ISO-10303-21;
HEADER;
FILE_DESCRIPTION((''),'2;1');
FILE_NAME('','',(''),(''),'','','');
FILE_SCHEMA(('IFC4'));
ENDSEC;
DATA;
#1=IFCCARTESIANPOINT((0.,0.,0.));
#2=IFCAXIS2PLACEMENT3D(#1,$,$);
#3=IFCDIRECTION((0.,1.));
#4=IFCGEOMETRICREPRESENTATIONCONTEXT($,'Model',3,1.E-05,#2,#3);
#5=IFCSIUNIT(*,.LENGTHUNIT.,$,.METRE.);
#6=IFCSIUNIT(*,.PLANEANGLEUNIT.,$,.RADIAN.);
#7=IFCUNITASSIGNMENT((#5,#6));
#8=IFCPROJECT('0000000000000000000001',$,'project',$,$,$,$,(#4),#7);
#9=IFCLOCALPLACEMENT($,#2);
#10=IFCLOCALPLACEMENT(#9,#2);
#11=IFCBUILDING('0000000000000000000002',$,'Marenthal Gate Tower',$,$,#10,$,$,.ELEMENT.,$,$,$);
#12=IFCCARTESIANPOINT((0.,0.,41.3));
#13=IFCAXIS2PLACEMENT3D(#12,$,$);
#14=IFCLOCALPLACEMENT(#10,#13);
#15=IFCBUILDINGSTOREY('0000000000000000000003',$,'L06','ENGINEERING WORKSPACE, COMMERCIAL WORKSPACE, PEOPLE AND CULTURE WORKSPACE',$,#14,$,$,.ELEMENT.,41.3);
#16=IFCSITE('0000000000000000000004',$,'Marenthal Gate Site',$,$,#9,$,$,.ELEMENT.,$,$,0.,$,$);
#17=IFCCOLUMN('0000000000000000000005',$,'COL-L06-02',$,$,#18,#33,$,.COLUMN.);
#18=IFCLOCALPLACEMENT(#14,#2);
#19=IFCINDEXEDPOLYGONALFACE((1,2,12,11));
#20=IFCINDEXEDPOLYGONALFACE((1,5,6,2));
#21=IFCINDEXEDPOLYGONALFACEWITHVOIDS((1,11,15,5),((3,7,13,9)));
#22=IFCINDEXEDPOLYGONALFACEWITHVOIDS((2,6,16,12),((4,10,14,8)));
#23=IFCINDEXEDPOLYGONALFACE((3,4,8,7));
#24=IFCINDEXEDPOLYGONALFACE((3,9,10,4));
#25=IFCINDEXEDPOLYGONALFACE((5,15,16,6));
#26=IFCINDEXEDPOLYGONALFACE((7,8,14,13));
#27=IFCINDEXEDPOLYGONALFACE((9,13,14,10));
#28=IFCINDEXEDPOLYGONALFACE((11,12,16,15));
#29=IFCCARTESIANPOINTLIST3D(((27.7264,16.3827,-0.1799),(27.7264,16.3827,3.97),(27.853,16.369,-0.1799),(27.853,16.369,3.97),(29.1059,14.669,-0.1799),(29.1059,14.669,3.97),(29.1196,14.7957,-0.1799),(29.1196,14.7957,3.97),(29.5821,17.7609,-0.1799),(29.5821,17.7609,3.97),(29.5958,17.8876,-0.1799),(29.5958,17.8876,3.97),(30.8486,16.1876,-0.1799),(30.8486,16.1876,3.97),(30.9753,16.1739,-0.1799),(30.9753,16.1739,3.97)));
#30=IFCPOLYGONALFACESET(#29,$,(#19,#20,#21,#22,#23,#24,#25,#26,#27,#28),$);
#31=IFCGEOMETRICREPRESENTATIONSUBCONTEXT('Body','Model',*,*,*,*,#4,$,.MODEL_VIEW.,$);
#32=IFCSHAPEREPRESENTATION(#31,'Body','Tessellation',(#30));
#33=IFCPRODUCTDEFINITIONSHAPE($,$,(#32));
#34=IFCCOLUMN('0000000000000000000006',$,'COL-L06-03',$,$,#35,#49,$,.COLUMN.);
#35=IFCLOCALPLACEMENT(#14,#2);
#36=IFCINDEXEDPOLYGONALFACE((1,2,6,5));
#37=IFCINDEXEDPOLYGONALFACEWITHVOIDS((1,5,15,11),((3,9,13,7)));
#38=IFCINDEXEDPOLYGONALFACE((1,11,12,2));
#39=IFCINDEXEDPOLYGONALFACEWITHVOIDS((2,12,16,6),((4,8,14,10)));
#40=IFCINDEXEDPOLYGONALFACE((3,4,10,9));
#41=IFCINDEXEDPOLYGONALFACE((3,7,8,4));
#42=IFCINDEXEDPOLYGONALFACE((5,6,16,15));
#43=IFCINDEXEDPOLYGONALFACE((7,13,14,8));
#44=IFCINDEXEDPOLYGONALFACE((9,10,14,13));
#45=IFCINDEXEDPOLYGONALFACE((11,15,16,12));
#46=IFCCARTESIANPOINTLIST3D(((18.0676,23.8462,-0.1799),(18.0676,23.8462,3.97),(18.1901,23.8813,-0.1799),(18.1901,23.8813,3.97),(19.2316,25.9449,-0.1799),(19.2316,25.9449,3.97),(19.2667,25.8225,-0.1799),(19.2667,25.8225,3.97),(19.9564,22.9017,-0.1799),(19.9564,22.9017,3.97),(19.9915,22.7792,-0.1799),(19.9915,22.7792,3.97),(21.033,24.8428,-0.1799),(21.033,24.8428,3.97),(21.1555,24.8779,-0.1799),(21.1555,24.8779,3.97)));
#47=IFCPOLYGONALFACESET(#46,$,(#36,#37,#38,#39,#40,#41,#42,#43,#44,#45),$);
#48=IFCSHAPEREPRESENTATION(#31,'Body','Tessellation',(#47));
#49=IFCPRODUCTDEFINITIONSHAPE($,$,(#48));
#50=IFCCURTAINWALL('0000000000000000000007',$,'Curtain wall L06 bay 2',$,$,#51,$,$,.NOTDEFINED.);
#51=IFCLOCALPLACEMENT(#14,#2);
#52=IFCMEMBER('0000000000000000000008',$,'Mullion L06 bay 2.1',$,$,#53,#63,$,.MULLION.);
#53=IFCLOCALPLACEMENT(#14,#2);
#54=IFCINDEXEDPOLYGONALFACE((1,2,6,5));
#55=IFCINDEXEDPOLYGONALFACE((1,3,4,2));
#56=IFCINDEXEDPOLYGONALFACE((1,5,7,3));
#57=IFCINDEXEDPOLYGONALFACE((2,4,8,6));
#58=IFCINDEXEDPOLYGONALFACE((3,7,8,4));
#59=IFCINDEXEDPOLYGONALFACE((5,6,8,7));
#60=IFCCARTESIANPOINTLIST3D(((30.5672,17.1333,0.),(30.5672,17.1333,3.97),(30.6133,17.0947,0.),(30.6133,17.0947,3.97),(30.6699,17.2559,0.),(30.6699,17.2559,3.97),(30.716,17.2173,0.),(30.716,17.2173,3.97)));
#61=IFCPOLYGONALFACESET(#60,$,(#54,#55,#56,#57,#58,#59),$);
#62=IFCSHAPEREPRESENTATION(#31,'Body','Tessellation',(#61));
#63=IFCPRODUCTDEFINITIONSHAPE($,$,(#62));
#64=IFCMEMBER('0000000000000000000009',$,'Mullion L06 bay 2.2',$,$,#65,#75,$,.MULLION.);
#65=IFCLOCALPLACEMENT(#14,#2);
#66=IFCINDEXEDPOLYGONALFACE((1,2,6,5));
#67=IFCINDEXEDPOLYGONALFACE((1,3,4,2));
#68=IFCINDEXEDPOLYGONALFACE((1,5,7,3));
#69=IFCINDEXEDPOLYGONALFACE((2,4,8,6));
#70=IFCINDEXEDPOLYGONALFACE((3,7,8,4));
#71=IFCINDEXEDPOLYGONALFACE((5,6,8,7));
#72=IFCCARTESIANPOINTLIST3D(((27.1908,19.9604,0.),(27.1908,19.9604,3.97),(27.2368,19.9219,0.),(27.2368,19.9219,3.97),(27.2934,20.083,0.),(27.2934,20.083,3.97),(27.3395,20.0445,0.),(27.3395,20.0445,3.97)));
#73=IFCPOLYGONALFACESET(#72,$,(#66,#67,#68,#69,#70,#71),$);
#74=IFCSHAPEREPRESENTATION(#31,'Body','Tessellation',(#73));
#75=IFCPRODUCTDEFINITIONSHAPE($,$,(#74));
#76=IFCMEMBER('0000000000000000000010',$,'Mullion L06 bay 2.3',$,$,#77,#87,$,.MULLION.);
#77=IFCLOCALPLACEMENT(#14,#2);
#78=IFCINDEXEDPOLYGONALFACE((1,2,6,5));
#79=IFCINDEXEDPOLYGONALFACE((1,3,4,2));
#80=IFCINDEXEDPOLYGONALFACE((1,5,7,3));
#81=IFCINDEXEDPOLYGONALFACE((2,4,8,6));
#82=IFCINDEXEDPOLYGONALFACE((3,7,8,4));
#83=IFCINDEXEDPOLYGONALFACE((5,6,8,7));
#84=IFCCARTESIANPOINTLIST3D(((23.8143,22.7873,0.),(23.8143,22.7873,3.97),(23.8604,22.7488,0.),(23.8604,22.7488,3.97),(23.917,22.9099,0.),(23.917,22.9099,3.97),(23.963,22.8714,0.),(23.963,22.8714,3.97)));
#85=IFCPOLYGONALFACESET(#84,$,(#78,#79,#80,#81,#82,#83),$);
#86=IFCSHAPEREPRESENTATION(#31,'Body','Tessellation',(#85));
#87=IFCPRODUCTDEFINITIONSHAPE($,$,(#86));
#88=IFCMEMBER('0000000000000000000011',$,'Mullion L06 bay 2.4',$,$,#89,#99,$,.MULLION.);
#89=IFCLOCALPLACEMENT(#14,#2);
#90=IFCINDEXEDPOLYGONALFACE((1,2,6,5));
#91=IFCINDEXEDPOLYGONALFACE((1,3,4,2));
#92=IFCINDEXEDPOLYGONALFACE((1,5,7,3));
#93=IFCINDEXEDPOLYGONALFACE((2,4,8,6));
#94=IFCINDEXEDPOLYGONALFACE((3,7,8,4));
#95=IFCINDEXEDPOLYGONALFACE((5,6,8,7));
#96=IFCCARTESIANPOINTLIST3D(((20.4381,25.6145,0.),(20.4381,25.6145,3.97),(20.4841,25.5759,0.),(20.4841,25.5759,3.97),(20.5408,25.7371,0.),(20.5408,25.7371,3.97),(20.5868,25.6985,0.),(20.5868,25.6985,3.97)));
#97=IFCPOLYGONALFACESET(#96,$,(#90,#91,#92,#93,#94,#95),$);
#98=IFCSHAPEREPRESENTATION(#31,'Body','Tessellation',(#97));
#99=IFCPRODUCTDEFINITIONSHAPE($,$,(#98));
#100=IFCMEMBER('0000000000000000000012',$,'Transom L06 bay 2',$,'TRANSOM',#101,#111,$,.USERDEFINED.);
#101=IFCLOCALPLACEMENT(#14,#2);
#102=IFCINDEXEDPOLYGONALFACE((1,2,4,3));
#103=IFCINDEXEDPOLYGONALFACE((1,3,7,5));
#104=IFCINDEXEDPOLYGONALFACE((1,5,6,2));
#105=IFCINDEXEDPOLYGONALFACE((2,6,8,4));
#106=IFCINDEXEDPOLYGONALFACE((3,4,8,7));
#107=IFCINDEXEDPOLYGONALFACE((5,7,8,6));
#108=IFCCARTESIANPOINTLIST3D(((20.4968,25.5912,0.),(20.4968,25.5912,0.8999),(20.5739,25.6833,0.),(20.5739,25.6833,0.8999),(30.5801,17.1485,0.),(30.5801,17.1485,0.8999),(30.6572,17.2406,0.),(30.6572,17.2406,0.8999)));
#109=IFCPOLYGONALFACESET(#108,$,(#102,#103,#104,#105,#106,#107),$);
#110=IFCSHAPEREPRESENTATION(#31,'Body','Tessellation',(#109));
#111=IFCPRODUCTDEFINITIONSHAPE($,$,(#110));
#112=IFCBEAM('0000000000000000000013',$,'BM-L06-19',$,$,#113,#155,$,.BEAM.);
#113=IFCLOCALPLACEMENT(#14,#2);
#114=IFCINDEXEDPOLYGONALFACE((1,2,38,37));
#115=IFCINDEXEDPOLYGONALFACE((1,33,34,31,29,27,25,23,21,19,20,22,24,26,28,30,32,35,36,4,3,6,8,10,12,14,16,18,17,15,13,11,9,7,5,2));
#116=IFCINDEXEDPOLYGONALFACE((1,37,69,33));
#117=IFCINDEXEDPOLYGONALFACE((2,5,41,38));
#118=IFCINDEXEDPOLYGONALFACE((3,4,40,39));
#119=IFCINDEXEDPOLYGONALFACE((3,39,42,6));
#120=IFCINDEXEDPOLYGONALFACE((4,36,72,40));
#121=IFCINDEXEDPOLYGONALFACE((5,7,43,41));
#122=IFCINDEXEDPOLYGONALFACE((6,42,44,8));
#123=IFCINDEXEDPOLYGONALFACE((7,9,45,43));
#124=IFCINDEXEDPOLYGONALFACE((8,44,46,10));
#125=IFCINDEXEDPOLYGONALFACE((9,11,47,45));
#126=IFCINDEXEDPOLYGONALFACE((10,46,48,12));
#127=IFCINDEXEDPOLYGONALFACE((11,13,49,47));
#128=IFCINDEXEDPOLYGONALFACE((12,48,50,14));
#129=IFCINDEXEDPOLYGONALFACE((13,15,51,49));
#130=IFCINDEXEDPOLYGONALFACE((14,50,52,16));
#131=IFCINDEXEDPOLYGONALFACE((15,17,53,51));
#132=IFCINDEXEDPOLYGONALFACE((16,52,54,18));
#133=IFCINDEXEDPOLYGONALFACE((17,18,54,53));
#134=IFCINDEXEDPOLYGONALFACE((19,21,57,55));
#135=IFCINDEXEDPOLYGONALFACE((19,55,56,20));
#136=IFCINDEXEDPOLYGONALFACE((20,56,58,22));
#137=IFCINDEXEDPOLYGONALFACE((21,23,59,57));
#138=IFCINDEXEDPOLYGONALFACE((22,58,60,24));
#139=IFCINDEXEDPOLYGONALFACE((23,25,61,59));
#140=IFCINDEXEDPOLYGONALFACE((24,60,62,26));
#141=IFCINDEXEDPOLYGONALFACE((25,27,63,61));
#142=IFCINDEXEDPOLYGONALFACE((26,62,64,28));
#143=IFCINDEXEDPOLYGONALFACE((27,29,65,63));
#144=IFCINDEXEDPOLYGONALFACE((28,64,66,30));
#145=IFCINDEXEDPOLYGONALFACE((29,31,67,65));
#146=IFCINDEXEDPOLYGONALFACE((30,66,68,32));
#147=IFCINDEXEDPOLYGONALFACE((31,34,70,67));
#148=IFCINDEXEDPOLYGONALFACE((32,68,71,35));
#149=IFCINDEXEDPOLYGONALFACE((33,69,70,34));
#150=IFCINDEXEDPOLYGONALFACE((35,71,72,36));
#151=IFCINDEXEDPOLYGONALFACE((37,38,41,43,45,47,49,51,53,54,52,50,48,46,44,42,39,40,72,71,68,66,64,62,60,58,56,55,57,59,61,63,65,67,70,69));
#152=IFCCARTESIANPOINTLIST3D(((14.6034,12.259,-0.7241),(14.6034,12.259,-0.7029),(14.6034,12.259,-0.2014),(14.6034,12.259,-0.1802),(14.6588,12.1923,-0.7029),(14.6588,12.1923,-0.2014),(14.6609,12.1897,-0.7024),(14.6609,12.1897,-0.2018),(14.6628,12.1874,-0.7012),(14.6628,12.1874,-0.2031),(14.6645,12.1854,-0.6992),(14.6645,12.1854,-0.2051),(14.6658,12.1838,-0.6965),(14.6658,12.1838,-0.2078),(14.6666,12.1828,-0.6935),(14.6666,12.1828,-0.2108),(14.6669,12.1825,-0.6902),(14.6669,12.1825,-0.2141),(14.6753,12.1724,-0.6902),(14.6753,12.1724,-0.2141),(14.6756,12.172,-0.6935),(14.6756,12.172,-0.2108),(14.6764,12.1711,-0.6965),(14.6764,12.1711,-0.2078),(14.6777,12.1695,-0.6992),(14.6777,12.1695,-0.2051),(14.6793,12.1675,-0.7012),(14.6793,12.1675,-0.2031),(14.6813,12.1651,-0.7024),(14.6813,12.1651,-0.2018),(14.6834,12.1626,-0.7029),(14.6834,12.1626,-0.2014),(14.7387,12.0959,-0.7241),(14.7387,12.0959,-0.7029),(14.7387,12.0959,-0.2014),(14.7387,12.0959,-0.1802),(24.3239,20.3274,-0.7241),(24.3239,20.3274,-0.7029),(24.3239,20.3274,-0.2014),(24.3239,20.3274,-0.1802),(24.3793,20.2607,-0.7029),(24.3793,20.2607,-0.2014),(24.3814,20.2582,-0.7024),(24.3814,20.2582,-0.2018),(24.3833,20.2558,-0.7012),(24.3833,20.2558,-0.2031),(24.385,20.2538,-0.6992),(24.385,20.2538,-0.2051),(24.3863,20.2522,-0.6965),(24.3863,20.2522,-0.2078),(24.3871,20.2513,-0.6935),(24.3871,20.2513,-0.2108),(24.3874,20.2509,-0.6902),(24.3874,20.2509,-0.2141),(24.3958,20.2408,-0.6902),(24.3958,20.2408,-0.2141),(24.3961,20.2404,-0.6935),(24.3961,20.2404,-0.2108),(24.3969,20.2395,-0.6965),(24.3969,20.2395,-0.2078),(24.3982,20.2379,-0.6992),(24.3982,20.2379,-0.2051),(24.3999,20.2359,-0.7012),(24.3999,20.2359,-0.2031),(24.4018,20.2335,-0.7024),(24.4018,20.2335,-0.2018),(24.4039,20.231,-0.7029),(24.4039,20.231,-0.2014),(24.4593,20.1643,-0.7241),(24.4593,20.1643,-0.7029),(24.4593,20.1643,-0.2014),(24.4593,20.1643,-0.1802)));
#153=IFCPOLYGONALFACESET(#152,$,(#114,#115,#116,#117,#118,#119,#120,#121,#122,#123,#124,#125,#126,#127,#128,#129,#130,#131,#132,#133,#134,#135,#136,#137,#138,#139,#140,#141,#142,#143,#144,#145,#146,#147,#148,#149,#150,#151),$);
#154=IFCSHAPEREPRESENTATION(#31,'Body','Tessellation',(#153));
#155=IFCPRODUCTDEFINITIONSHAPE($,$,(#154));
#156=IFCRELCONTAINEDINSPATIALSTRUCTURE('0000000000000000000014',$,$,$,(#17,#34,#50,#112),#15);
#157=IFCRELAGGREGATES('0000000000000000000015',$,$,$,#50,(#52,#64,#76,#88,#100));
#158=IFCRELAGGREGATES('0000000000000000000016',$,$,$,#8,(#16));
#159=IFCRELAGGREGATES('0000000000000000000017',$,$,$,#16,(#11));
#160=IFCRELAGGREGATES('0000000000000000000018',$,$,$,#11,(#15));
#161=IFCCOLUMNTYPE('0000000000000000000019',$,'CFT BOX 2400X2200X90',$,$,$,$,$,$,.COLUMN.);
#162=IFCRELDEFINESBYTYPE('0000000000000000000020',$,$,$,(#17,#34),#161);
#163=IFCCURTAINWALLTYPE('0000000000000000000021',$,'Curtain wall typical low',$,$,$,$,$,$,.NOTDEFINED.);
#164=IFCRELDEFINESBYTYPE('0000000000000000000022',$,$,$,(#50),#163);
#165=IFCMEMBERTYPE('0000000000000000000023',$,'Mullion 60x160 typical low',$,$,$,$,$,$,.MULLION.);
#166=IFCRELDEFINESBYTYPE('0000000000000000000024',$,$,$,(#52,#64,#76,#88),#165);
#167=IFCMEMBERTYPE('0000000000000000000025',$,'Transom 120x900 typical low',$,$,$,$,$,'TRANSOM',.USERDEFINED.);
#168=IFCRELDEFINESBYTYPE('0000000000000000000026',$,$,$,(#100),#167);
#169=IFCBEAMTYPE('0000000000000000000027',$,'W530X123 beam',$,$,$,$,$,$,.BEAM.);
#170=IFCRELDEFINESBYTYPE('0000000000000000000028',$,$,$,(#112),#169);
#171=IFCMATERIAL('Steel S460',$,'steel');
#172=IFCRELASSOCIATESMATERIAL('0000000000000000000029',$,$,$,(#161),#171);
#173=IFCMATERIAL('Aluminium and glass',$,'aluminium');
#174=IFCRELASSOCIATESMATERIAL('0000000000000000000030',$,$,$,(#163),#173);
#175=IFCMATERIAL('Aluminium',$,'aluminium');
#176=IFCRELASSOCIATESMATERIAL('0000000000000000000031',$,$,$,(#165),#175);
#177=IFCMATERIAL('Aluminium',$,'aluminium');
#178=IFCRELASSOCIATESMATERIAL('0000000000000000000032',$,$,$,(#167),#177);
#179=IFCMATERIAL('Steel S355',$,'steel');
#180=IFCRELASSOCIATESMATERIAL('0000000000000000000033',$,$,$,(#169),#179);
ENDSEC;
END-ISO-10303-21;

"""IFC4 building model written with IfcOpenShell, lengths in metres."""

from ifc_helpers import new_model, si_unit, direction, frame, origin, origin_2d, place, context, subcontext, project, spatial, rectangle, hollow_rectangle, i_section, extrude, material, material_profile, profile_set, type_object, element, aggregate, save


model = new_model("IFC4")

# Units and contexts
model_context = context("Model", 3, precision=1e-05, world=origin(), true_north=direction((0.0, 1.0)))
body_context = subcontext(model_context, "Body", "Model", "MODEL_VIEW")
ifc_project = project(units=[si_unit("LENGTHUNIT", "METRE"), si_unit("PLANEANGLEUNIT", "RADIAN")], contexts=[model_context])

# Site, building, storey
site_placement = place(None, origin())
site = spatial("IfcSite", under=ifc_project, at=site_placement, Name="Marenthal Gate Site", CompositionType="ELEMENT", RefElevation=0.0)
building_placement = place(site_placement, origin())
building = spatial("IfcBuilding", under=site, at=building_placement, Name="Marenthal Gate Tower", CompositionType="ELEMENT")
storey_placement = place(building_placement, frame((0.0, 0.0, 41.3)))
storey = spatial("IfcBuildingStorey", under=building, at=storey_placement, Name="L06", Description="ENGINEERING WORKSPACE, COMMERCIAL WORKSPACE, PEOPLE AND CULTURE WORKSPACE", CompositionType="ELEMENT", Elevation=41.3)

# Columns
ifc_material_1 = material(Name="Steel S460", Category="steel")
ifc_material_profile_1 = material_profile(ifc_material_1, hollow_rectangle(XDim=2.2, YDim=2.3999, WallThickness=0.0901, at=origin_2d()), Name="CFT BOX 2400X2200X90")
ifc_material_2 = material(Name="Concrete 70 MPa", Category="concrete")
ifc_material_profile_2 = material_profile(ifc_material_2, rectangle(XDim=2.02, YDim=2.22, at=origin_2d()), Name="CFT BOX 2400X2200X90 INFILL")
ifc_profile_set_1 = profile_set([ifc_material_profile_1, ifc_material_profile_2], Name="Steel S460 shell, Concrete 70 MPa infill")
column_type = type_object("IfcColumnType", Name="CFT BOX 2400X2200X90", PredefinedType="COLUMN", material=ifc_profile_set_1)
for number, where, z_axis, x_axis, name in (
    (1, (29.3508, 16.2783, -0.1799), (0.0, 0.0, 1.0), (0.62707, -0.778963, 0.0), "COL-L06-02"),
    (2, (19.6116, 24.3621, -0.1799), (0.0, 0.0, 1.0), (0.874509, -0.48501, 0.0), "COL-L06-03"),
):
    element("IfcColumn", number, at=place(storey_placement, frame(where, z_axis=z_axis, x_axis=x_axis)), inside=storey, type_object=column_type, Name=name, PredefinedType="COLUMN", context=body_context, shape_type="SweptSolid", body=[
        extrude(hollow_rectangle(XDim=2.2, YDim=2.3999, WallThickness=0.0901, at=origin_2d()), origin(), (0.0, 0.0, 1.0), 4.1499),
    ])

# Curtain wall, members
ifc_material_3 = material(Name="Aluminium and glass", Category="aluminium")
curtain_wall_type = type_object("IfcCurtainWallType", Name="Curtain wall typical low", PredefinedType="NOTDEFINED", material=ifc_material_3)
curtain_wall_placement = place(storey_placement, origin())
curtain_wall = element("IfcCurtainWall", 3, at=curtain_wall_placement, inside=storey, type_object=curtain_wall_type, Name="Curtain wall L06 bay 2", PredefinedType="NOTDEFINED")
ifc_material_4 = material(Name="Aluminium", Category="aluminium")
ifc_material_profile_3 = material_profile(ifc_material_4, rectangle(XDim=0.1599, YDim=0.0601, at=origin_2d()), Name="60x160 aluminium mullion")
ifc_profile_set_2 = profile_set([ifc_material_profile_3], Name="Aluminium")
member_type_1 = type_object("IfcMemberType", Name="Mullion 60x160 typical low", PredefinedType="MULLION", material=ifc_profile_set_2)
member_1_placement = place(storey_placement, frame((30.6416, 17.1753, 0.0), z_axis=(0.0, 0.0, 1.0), x_axis=(-0.641982, -0.76672, 0.0)))
member_1 = element("IfcMember", 4, at=member_1_placement, type_object=member_type_1, Name="Mullion L06 bay 2.1", PredefinedType="MULLION", context=body_context, shape_type="SweptSolid", body=[
    extrude(rectangle(XDim=0.1599, YDim=0.0601, at=origin_2d()), origin(), (0.0, 0.0, 1.0), 3.97),
])
member_2_placement = place(storey_placement, frame((27.2651, 20.0024, 0.0), z_axis=(0.0, 0.0, 1.0), x_axis=(-0.641982, -0.76672, 0.0)))
member_2 = element("IfcMember", 5, at=member_2_placement, type_object=member_type_1, Name="Mullion L06 bay 2.2", PredefinedType="MULLION", context=body_context, shape_type="SweptSolid", body=[
    extrude(rectangle(XDim=0.1599, YDim=0.0601, at=origin_2d()), origin(), (0.0, 0.0, 1.0), 3.97),
])
member_3_placement = place(storey_placement, frame((23.8887, 22.8293, 0.0), z_axis=(0.0, 0.0, 1.0), x_axis=(-0.641982, -0.76672, 0.0)))
member_3 = element("IfcMember", 6, at=member_3_placement, type_object=member_type_1, Name="Mullion L06 bay 2.3", PredefinedType="MULLION", context=body_context, shape_type="SweptSolid", body=[
    extrude(rectangle(XDim=0.1599, YDim=0.0601, at=origin_2d()), origin(), (0.0, 0.0, 1.0), 3.97),
])
member_4_placement = place(storey_placement, frame((20.5125, 25.6565, 0.0), z_axis=(0.0, 0.0, 1.0), x_axis=(-0.641982, -0.76672, 0.0)))
member_4 = element("IfcMember", 7, at=member_4_placement, type_object=member_type_1, Name="Mullion L06 bay 2.4", PredefinedType="MULLION", context=body_context, shape_type="SweptSolid", body=[
    extrude(rectangle(XDim=0.1599, YDim=0.0601, at=origin_2d()), origin(), (0.0, 0.0, 1.0), 3.97),
])
ifc_material_5 = material(Name="Aluminium", Category="aluminium")
ifc_material_profile_4 = material_profile(ifc_material_5, rectangle(XDim=0.1201, YDim=0.8999, at=origin_2d()), Name="120x900 aluminium transom")
ifc_profile_set_3 = profile_set([ifc_material_profile_4], Name="Aluminium")
member_type_2 = type_object("IfcMemberType", Name="Transom 120x900 typical low", ElementType="TRANSOM", PredefinedType="USERDEFINED", material=ifc_profile_set_3)
member_5_placement = place(storey_placement, frame((30.6187, 17.1946, 0.45), z_axis=(-0.766726, 0.641974, 0.0), x_axis=(-0.641974, -0.766726, 0.0)))
member_5 = element("IfcMember", 8, at=member_5_placement, type_object=member_type_2, Name="Transom L06 bay 2", ObjectType="TRANSOM", PredefinedType="USERDEFINED", context=body_context, shape_type="SweptSolid", body=[
    extrude(rectangle(XDim=0.1201, YDim=0.8999, at=origin_2d()), origin(), (0.0, 0.0, 1.0), 13.1511),
])

# Beam
ifc_material_6 = material(Name="Steel S355", Category="steel")
ifc_material_profile_5 = material_profile(ifc_material_6, i_section(OverallWidth=0.2119, OverallDepth=0.5439, WebThickness=0.0132, FlangeThickness=0.0212, FilletRadius=0.0127, at=origin_2d()), Name="W530X123")
ifc_profile_set_4 = profile_set([ifc_material_profile_5], Name="Steel S355")
beam_type_1 = type_object("IfcBeamType", Name="W530X123 beam", PredefinedType="BEAM", material=ifc_profile_set_4)
beam_1_placement = place(storey_placement, frame((24.3916, 20.2458, -0.4521), z_axis=(-0.769467, -0.638687, 0.0), x_axis=(0.638687, -0.769467, 0.0)))
element("IfcBeam", 9, at=beam_1_placement, inside=storey, type_object=beam_type_1, Name="BM-L06-19", PredefinedType="BEAM", context=body_context, shape_type="SweptSolid", body=[
    extrude(i_section(OverallWidth=0.2119, OverallDepth=0.5439, WebThickness=0.0132, FlangeThickness=0.0212, FilletRadius=0.0127, at=origin_2d()), origin(), (0.0, 0.0, 1.0), 12.6328),
])

aggregate(curtain_wall, [member_1, member_2, member_3, member_4, member_5])

save(model, "model.ifc")
